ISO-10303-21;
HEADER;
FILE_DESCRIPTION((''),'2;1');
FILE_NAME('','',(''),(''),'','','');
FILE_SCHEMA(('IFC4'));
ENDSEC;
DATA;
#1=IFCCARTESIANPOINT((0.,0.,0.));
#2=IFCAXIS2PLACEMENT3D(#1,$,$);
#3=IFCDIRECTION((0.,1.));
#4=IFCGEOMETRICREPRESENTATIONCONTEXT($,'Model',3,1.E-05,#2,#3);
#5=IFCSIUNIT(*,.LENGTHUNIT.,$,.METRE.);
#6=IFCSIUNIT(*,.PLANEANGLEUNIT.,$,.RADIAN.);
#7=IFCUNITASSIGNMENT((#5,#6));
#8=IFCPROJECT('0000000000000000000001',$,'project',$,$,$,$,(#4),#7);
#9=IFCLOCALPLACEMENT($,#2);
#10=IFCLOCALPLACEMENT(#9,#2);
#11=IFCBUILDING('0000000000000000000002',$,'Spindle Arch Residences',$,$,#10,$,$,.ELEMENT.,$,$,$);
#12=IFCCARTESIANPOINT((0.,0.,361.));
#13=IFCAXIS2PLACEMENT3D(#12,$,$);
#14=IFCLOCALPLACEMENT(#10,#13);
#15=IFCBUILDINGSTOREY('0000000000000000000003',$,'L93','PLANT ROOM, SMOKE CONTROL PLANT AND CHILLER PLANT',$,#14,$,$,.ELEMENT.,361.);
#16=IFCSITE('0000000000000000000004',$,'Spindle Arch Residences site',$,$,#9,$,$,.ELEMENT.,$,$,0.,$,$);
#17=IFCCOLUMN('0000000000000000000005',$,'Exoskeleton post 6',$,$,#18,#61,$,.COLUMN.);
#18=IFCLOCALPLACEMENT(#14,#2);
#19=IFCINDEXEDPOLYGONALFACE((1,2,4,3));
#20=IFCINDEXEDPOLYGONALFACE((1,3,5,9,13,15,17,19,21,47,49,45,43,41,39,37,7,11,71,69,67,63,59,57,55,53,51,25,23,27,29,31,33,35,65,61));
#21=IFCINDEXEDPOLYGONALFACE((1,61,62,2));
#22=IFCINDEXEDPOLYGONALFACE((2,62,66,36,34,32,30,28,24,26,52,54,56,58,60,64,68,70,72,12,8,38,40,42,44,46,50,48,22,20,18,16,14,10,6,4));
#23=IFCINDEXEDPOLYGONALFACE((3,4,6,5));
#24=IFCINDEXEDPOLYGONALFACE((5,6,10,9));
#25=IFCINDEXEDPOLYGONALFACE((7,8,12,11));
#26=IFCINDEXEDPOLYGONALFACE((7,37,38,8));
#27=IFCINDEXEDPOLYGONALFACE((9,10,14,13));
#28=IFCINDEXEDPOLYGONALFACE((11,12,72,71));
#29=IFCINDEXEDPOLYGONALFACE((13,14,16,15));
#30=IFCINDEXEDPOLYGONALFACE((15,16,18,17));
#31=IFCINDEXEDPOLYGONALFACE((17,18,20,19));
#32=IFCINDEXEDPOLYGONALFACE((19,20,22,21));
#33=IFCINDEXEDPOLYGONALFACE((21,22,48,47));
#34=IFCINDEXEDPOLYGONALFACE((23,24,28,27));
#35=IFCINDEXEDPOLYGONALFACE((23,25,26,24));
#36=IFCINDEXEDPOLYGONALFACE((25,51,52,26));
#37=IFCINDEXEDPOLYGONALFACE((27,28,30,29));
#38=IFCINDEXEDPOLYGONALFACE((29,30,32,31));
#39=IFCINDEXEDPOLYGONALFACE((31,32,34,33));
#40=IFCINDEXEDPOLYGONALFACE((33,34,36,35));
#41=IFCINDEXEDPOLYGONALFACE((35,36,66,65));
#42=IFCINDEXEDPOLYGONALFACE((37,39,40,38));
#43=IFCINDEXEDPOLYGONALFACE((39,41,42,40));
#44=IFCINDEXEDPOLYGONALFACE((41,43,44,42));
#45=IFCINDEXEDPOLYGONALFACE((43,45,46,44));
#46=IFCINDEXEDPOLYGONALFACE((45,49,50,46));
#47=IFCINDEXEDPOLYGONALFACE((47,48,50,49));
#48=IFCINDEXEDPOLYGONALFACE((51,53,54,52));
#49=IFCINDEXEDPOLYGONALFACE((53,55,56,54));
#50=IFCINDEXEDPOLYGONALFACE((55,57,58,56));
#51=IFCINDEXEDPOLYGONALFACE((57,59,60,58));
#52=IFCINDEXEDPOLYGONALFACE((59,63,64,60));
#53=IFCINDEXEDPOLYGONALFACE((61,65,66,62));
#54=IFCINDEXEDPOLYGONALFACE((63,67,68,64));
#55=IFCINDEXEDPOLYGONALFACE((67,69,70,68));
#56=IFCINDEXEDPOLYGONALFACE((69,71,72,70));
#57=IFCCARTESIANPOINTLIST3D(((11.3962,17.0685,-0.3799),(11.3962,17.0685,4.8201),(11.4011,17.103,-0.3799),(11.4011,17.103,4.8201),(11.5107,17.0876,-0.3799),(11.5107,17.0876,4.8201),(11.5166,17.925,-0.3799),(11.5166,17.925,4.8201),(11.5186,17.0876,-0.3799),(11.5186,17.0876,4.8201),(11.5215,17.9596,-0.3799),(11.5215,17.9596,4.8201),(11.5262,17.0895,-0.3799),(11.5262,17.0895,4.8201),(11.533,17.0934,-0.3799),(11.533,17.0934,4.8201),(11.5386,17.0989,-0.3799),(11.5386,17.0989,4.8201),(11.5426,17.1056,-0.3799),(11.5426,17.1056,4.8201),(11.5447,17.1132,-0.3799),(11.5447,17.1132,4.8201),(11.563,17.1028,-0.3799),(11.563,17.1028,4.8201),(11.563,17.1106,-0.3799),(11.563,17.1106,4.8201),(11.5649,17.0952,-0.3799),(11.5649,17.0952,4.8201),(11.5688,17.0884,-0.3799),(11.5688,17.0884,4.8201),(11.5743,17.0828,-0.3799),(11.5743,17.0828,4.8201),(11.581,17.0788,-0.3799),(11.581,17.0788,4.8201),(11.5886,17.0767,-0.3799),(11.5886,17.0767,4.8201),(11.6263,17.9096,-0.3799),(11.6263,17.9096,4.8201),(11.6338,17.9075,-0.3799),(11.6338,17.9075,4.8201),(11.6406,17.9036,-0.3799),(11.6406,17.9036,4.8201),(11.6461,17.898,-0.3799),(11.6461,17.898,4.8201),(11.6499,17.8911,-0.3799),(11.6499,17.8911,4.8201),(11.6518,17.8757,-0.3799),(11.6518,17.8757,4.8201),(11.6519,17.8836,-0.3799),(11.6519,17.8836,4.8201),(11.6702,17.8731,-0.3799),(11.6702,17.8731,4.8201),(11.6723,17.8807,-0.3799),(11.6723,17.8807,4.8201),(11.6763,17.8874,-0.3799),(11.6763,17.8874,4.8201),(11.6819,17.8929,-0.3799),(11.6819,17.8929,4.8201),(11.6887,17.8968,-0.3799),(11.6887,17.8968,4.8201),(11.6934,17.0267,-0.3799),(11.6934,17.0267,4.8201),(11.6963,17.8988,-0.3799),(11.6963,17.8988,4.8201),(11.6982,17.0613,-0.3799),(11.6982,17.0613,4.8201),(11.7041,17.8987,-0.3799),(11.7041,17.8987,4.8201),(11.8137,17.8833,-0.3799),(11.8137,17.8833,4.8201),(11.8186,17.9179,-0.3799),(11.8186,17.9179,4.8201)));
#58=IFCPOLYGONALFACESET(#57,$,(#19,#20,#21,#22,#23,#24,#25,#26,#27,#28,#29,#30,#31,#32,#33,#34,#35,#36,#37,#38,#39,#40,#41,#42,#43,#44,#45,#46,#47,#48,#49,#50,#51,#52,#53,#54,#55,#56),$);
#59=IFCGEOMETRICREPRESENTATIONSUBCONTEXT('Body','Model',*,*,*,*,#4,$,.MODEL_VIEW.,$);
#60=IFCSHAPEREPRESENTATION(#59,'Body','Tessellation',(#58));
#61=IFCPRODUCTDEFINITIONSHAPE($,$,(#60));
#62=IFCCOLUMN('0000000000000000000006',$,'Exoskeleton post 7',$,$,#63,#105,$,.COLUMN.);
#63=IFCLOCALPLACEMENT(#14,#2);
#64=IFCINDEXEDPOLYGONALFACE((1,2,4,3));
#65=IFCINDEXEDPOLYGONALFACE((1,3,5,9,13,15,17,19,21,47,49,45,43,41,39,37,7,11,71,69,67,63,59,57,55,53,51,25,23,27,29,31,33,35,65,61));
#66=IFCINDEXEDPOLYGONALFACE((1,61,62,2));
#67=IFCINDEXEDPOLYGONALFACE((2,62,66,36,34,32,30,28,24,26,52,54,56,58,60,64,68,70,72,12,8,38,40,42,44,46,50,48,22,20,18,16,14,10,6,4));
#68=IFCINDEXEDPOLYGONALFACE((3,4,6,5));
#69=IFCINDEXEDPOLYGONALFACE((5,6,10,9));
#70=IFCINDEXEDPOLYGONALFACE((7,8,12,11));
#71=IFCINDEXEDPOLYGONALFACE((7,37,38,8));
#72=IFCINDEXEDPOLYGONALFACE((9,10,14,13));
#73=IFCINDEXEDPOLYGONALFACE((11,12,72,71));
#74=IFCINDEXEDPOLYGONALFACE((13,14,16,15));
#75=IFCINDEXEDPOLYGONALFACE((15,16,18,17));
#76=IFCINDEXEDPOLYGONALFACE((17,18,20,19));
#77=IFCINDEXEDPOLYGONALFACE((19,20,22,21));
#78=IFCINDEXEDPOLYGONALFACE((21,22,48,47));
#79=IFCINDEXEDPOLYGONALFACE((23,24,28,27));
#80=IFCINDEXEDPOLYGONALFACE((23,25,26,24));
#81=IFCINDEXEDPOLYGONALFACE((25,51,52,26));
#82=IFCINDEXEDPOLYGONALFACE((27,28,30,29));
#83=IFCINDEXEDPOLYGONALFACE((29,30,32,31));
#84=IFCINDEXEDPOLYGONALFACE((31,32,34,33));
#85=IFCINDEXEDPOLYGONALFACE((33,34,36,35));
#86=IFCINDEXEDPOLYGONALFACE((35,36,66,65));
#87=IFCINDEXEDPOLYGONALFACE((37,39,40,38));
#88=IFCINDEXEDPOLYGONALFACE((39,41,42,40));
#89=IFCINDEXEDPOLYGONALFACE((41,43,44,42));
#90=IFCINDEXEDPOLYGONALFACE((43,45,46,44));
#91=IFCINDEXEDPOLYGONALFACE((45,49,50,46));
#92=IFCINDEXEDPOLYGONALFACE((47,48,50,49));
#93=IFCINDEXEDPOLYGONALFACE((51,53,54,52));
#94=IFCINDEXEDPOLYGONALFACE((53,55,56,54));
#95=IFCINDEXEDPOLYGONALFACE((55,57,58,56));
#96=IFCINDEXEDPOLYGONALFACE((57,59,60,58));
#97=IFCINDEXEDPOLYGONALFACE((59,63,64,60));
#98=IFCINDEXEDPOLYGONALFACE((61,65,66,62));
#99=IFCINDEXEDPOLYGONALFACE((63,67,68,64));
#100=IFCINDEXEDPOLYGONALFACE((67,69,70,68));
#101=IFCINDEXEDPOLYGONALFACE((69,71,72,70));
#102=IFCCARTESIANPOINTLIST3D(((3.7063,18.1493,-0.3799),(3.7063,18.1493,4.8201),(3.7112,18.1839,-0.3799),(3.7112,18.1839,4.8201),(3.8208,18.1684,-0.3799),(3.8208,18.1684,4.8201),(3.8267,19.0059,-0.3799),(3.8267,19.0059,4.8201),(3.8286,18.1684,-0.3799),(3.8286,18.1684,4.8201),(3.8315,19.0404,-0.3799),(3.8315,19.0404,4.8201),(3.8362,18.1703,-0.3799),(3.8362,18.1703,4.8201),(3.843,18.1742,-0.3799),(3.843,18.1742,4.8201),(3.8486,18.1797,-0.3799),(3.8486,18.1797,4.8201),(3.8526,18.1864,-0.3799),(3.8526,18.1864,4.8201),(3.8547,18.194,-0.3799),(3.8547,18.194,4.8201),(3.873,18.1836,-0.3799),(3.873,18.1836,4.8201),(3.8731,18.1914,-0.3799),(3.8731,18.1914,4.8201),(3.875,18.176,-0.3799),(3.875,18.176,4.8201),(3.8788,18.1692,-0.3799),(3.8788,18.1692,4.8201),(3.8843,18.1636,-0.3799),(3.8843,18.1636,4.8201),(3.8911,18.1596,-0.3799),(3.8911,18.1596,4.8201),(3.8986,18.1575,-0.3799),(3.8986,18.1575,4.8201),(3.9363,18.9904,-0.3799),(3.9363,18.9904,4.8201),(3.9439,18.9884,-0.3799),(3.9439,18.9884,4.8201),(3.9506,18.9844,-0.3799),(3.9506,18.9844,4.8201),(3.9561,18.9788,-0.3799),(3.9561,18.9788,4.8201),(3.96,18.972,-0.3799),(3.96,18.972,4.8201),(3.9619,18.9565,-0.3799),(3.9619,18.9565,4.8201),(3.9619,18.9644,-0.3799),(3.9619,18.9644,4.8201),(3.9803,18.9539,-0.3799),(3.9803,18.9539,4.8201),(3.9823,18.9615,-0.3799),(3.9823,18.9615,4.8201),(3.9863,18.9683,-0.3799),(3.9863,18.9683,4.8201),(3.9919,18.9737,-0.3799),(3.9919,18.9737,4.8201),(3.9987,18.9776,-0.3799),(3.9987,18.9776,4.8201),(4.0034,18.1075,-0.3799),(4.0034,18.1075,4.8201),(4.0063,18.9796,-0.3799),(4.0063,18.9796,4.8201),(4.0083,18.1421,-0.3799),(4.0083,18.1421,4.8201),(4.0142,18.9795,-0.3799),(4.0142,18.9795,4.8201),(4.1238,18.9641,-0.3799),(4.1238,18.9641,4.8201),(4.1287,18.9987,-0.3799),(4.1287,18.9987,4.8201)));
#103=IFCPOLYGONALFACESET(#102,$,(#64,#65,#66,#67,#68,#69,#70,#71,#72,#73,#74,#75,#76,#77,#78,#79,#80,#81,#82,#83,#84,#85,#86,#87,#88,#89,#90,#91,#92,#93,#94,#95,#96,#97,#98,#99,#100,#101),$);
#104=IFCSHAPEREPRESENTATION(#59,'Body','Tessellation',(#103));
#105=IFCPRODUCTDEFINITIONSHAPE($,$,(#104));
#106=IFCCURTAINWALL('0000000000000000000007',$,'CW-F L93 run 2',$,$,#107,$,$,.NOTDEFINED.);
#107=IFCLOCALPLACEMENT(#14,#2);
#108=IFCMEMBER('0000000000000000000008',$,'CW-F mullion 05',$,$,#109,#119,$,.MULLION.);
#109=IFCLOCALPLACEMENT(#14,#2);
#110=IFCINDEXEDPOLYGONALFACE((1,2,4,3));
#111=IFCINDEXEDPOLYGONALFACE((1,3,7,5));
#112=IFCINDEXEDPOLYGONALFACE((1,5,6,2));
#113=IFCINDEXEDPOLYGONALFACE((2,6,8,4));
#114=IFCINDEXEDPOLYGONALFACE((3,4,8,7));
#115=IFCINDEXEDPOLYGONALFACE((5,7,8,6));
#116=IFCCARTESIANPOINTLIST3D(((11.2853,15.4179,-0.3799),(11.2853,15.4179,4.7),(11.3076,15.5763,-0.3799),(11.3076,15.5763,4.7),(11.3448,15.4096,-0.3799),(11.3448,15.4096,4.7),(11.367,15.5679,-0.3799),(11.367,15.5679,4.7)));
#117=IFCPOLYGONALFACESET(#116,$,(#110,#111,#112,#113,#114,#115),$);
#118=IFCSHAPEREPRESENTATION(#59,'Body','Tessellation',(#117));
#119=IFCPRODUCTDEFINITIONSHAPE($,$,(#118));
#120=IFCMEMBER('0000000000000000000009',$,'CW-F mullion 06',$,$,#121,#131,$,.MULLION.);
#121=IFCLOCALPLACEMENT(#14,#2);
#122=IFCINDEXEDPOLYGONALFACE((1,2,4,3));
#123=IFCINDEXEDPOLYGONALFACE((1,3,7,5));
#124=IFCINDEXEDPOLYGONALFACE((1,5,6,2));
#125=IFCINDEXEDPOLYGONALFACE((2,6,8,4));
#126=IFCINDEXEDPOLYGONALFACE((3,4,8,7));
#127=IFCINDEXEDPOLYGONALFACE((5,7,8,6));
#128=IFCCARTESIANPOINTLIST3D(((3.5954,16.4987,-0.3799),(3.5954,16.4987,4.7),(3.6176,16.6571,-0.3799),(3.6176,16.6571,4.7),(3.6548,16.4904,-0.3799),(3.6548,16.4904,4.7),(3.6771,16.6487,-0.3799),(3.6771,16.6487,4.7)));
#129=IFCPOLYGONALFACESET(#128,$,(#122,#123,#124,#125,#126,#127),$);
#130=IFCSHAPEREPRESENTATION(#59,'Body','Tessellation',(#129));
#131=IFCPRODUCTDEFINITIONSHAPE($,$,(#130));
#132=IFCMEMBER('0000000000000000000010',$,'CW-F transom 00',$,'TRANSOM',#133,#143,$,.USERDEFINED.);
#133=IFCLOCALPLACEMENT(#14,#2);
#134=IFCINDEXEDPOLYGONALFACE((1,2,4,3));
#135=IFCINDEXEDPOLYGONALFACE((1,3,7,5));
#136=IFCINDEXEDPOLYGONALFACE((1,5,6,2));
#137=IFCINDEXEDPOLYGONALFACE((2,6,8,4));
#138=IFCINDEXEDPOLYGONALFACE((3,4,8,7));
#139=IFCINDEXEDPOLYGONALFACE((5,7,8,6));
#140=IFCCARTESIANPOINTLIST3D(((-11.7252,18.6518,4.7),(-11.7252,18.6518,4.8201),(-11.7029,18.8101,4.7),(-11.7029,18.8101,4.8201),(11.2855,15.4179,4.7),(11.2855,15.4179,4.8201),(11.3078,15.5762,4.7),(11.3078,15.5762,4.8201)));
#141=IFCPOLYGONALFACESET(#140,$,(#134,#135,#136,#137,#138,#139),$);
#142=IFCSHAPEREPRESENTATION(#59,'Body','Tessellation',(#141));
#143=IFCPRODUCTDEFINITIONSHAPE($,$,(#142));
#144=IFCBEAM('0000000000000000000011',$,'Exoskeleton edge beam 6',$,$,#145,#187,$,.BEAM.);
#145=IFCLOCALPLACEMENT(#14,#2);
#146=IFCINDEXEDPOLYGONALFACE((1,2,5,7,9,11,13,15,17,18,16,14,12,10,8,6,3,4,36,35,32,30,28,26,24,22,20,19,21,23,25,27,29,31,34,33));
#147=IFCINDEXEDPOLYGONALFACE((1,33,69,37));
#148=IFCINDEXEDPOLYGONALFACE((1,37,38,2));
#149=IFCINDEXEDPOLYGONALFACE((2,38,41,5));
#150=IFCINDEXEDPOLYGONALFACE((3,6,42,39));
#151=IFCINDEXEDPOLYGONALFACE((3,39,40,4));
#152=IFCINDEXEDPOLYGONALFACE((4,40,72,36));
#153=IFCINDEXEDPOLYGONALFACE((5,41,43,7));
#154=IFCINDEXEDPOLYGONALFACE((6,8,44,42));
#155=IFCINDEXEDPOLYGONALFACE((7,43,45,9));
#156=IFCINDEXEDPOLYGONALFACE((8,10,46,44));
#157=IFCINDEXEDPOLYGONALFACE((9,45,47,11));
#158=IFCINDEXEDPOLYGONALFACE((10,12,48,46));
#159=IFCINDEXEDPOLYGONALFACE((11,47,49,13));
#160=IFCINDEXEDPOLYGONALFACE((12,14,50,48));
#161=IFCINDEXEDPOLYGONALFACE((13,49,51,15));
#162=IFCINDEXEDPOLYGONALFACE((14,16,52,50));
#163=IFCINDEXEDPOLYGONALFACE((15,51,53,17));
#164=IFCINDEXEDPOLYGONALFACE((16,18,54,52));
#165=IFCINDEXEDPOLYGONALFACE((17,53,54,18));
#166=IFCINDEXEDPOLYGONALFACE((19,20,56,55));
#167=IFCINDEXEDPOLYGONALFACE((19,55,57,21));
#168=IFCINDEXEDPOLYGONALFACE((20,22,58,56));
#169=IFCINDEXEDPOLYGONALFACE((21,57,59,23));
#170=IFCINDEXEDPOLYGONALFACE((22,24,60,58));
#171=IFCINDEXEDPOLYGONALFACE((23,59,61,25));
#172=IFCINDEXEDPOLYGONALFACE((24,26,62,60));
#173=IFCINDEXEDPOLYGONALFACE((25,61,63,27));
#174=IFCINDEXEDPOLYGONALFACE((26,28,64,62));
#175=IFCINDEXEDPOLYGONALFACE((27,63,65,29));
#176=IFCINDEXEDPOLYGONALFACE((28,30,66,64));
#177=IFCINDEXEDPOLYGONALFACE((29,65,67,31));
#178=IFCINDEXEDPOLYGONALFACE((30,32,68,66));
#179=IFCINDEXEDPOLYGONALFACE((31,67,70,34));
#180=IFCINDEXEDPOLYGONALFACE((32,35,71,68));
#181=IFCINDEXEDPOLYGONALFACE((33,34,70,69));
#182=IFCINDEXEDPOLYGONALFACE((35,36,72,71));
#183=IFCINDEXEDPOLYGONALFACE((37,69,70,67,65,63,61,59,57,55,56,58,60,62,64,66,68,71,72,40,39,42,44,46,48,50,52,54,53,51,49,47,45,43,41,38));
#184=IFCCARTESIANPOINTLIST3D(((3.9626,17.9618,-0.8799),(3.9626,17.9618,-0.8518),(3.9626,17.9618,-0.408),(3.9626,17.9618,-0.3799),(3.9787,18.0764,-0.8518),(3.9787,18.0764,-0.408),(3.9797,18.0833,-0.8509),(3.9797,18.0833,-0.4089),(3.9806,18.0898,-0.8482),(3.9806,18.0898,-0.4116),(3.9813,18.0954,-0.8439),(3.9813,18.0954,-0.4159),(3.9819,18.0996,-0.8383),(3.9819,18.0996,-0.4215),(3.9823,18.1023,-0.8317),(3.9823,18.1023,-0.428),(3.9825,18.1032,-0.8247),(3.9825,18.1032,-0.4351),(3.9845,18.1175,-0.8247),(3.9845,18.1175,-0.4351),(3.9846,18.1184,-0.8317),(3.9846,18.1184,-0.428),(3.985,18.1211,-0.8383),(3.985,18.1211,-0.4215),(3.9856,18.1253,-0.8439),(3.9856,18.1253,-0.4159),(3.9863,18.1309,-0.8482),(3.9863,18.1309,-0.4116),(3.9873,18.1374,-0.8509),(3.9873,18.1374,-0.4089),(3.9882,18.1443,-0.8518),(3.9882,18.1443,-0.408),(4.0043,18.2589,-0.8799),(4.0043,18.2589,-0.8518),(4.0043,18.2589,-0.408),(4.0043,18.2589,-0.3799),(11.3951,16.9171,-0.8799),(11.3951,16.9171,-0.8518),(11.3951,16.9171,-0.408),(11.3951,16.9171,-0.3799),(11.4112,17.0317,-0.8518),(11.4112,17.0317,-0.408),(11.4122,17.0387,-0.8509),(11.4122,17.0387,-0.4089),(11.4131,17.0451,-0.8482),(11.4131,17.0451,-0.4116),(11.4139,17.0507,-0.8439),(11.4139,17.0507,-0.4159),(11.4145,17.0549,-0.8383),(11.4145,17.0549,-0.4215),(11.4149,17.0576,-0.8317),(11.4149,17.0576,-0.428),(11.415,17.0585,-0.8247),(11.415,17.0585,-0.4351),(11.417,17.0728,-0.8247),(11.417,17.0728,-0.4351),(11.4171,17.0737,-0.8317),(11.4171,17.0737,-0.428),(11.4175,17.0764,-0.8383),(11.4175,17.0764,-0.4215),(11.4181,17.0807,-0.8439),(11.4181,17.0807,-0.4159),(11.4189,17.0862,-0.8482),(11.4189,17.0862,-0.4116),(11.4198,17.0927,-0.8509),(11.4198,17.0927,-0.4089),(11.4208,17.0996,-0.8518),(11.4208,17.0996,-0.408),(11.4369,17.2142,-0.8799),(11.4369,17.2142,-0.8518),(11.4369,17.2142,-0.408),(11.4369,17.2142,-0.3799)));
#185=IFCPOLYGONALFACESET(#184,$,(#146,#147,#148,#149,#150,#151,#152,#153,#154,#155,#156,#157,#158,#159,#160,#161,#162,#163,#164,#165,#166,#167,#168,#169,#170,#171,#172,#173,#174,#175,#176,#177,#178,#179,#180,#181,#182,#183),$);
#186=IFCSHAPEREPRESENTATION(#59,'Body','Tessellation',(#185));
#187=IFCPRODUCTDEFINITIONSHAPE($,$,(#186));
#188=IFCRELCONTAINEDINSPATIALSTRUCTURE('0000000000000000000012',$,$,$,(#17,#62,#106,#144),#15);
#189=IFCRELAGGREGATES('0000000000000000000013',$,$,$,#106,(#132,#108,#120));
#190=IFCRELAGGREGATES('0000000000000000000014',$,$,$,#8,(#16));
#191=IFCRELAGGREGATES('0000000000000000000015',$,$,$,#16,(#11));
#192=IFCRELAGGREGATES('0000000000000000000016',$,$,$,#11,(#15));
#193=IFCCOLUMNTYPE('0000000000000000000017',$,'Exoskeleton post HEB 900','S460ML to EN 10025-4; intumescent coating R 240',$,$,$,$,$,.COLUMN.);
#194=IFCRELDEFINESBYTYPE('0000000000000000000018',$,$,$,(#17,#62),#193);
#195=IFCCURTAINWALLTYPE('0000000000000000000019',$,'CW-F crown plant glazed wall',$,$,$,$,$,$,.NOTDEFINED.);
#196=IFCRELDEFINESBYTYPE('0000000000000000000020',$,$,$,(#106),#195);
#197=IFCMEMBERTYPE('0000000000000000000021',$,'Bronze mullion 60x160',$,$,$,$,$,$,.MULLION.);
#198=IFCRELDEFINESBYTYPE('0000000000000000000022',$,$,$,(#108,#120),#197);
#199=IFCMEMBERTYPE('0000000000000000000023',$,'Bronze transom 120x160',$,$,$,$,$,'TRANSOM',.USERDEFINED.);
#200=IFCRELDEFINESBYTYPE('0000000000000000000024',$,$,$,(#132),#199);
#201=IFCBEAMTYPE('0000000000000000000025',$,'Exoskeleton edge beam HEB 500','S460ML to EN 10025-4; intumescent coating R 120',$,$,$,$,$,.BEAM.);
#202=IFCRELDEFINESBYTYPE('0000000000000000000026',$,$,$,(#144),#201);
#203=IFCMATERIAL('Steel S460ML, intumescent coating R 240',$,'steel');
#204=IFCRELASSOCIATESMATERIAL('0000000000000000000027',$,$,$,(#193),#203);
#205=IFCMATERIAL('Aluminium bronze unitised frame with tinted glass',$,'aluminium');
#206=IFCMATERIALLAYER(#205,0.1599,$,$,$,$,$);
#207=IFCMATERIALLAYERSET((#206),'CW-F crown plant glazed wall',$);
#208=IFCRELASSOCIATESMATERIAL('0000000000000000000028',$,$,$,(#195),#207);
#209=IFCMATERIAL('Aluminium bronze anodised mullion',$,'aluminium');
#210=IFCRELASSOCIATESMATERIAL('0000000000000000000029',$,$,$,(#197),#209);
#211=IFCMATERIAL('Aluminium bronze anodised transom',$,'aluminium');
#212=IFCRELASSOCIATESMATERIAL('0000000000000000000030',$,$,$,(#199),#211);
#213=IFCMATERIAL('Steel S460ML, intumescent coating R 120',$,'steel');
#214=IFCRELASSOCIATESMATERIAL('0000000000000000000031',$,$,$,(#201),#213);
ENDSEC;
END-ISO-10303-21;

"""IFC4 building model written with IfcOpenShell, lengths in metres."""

from ifc_helpers import new_model, si_unit, direction, frame, origin, origin_2d, place, context, subcontext, project, spatial, rectangle, i_section, extrude, material, layer, layer_set, material_profile, profile_set, type_object, element, aggregate, save


model = new_model("IFC4")

# Units and contexts
model_context = context("Model", 3, precision=1e-05, world=origin(), true_north=direction((0.0, 1.0)))
body_context = subcontext(model_context, "Body", "Model", "MODEL_VIEW")
ifc_project = project(units=[si_unit("LENGTHUNIT", "METRE"), si_unit("PLANEANGLEUNIT", "RADIAN")], contexts=[model_context])

# Site, building, storey
site_placement = place(None, origin())
site = spatial("IfcSite", under=ifc_project, at=site_placement, Name="Spindle Arch Residences site", CompositionType="ELEMENT", RefElevation=0.0)
building_placement = place(site_placement, origin())
building = spatial("IfcBuilding", under=site, at=building_placement, Name="Spindle Arch Residences", CompositionType="ELEMENT")
storey_placement = place(building_placement, frame((0.0, 0.0, 361.0)))
storey = spatial("IfcBuildingStorey", under=building, at=storey_placement, Name="L93", Description="PLANT ROOM, SMOKE CONTROL PLANT AND CHILLER PLANT", CompositionType="ELEMENT", Elevation=361.0)

# Columns
ifc_material_1 = material(Name="Steel S460ML, intumescent coating R 240", Category="steel")
ifc_material_profile_1 = material_profile(ifc_material_1, i_section(OverallWidth=0.3, OverallDepth=0.8999, WebThickness=0.0186, FlangeThickness=0.0349, FilletRadius=0.03, at=origin_2d()), Name="HEB 900")
ifc_profile_set_1 = profile_set([ifc_material_profile_1], Name="Steel S460ML, intumescent coating R 240")
column_type = type_object("IfcColumnType", Name="Exoskeleton post HEB 900", Description="S460ML to EN 10025-4; intumescent coating R 240", PredefinedType="COLUMN", material=ifc_profile_set_1)
for number, where, z_axis, x_axis, name in (
    (1, (11.6074, 17.4932, -0.3799), (0.0, 0.0, 1.0), (0.990268, -0.139173, 0.0), "Exoskeleton post 6"),
    (2, (3.9175, 18.574, -0.3799), (0.0, 0.0, 1.0), (0.990268, -0.139173, 0.0), "Exoskeleton post 7"),
):
    element("IfcColumn", number, at=place(storey_placement, frame(where, z_axis=z_axis, x_axis=x_axis)), inside=storey, type_object=column_type, Name=name, PredefinedType="COLUMN", context=body_context, shape_type="SweptSolid", body=[
        extrude(i_section(OverallWidth=0.3, OverallDepth=0.8999, WebThickness=0.0186, FlangeThickness=0.0349, FilletRadius=0.03, at=origin_2d()), origin(), (0.0, 0.0, 1.0), 5.2),
    ])

# Curtain wall, members
ifc_material_2 = material(Name="Aluminium bronze unitised frame with tinted glass", Category="aluminium")
ifc_layer_1 = layer(ifc_material_2, 0.1599)
ifc_layer_set_1 = layer_set([ifc_layer_1], Name="CW-F crown plant glazed wall")
curtain_wall_type = type_object("IfcCurtainWallType", Name="CW-F crown plant glazed wall", PredefinedType="NOTDEFINED", material=ifc_layer_set_1)
curtain_wall_placement = place(storey_placement, origin())
curtain_wall = element("IfcCurtainWall", 3, at=curtain_wall_placement, inside=storey, type_object=curtain_wall_type, Name="CW-F L93 run 2", PredefinedType="NOTDEFINED")
ifc_material_3 = material(Name="Aluminium bronze anodised mullion", Category="aluminium")
ifc_material_profile_2 = material_profile(ifc_material_3, rectangle(XDim=0.1599, YDim=0.0601, at=origin_2d()), Name="MU 60x160")
ifc_profile_set_2 = profile_set([ifc_material_profile_2], Name="Aluminium bronze anodised mullion")
member_type_1 = type_object("IfcMemberType", Name="Bronze mullion 60x160", PredefinedType="MULLION", material=ifc_profile_set_2)
member_1_placement = place(storey_placement, frame((11.3262, 15.4929, -0.3799), z_axis=(0.0, 0.0, 1.0), x_axis=(-0.139173, -0.990268, 0.0)))
member_1 = element("IfcMember", 4, at=member_1_placement, type_object=member_type_1, Name="CW-F mullion 05", PredefinedType="MULLION", context=body_context, shape_type="SweptSolid", body=[
    extrude(rectangle(XDim=0.1599, YDim=0.0601, at=origin_2d()), origin(), (0.0, 0.0, 1.0), 5.0798),
])
member_2_placement = place(storey_placement, frame((3.6362, 16.5737, -0.3799), z_axis=(0.0, 0.0, 1.0), x_axis=(-0.139173, -0.990268, 0.0)))
member_2 = element("IfcMember", 5, at=member_2_placement, type_object=member_type_1, Name="CW-F mullion 06", PredefinedType="MULLION", context=body_context, shape_type="SweptSolid", body=[
    extrude(rectangle(XDim=0.1599, YDim=0.0601, at=origin_2d()), origin(), (0.0, 0.0, 1.0), 5.0798),
])
ifc_material_4 = material(Name="Aluminium bronze anodised transom", Category="aluminium")
ifc_material_profile_3 = material_profile(ifc_material_4, rectangle(XDim=0.1599, YDim=0.1201, at=origin_2d()), Name="TR 120x160")
ifc_profile_set_3 = profile_set([ifc_material_profile_3], Name="Aluminium bronze anodised transom")
member_type_2 = type_object("IfcMemberType", Name="Bronze transom 120x160", ElementType="TRANSOM", PredefinedType="USERDEFINED", material=ifc_profile_set_3)
member_3_placement = place(storey_placement, frame((11.2966, 15.4971, 4.76), z_axis=(-0.990268, 0.13917, 0.0), x_axis=(-0.13917, -0.990268, 0.0)))
member_3 = element("IfcMember", 6, at=member_3_placement, type_object=member_type_2, Name="CW-F transom 00", ObjectType="TRANSOM", PredefinedType="USERDEFINED", context=body_context, shape_type="SweptSolid", body=[
    extrude(rectangle(XDim=0.1599, YDim=0.1201, at=origin_2d()), origin(), (0.0, 0.0, 1.0), 23.2368),
])

# Beam
ifc_material_5 = material(Name="Steel S460ML, intumescent coating R 120", Category="steel")
ifc_material_profile_4 = material_profile(ifc_material_5, i_section(OverallWidth=0.3, OverallDepth=0.5, WebThickness=0.0144, FlangeThickness=0.0281, FilletRadius=0.0271, at=origin_2d()), Name="HEB 500")
ifc_profile_set_4 = profile_set([ifc_material_profile_4], Name="Steel S460ML, intumescent coating R 120")
beam_type_1 = type_object("IfcBeamType", Name="Exoskeleton edge beam HEB 500", Description="S460ML to EN 10025-4; intumescent coating R 120", PredefinedType="BEAM", material=ifc_profile_set_4)
for number, where, z_axis, x_axis, name in (
    (7, (11.416, 17.0657, -0.6299), (-0.990266, 0.139185, 0.0), (-0.139185, -0.990266, 0.0), "Exoskeleton edge beam 6"),
):
    element("IfcBeam", number, at=place(storey_placement, frame(where, z_axis=z_axis, x_axis=x_axis)), inside=storey, type_object=beam_type_1, Name=name, PredefinedType="BEAM", context=body_context, shape_type="SweptSolid", body=[
        extrude(i_section(OverallWidth=0.3, OverallDepth=0.5, WebThickness=0.0144, FlangeThickness=0.0281, FilletRadius=0.0271, at=origin_2d()), origin(), (0.0, 0.0, 1.0), 7.5056),
    ])

aggregate(curtain_wall, [member_3, member_1, member_2])

save(model, "model.ifc")
